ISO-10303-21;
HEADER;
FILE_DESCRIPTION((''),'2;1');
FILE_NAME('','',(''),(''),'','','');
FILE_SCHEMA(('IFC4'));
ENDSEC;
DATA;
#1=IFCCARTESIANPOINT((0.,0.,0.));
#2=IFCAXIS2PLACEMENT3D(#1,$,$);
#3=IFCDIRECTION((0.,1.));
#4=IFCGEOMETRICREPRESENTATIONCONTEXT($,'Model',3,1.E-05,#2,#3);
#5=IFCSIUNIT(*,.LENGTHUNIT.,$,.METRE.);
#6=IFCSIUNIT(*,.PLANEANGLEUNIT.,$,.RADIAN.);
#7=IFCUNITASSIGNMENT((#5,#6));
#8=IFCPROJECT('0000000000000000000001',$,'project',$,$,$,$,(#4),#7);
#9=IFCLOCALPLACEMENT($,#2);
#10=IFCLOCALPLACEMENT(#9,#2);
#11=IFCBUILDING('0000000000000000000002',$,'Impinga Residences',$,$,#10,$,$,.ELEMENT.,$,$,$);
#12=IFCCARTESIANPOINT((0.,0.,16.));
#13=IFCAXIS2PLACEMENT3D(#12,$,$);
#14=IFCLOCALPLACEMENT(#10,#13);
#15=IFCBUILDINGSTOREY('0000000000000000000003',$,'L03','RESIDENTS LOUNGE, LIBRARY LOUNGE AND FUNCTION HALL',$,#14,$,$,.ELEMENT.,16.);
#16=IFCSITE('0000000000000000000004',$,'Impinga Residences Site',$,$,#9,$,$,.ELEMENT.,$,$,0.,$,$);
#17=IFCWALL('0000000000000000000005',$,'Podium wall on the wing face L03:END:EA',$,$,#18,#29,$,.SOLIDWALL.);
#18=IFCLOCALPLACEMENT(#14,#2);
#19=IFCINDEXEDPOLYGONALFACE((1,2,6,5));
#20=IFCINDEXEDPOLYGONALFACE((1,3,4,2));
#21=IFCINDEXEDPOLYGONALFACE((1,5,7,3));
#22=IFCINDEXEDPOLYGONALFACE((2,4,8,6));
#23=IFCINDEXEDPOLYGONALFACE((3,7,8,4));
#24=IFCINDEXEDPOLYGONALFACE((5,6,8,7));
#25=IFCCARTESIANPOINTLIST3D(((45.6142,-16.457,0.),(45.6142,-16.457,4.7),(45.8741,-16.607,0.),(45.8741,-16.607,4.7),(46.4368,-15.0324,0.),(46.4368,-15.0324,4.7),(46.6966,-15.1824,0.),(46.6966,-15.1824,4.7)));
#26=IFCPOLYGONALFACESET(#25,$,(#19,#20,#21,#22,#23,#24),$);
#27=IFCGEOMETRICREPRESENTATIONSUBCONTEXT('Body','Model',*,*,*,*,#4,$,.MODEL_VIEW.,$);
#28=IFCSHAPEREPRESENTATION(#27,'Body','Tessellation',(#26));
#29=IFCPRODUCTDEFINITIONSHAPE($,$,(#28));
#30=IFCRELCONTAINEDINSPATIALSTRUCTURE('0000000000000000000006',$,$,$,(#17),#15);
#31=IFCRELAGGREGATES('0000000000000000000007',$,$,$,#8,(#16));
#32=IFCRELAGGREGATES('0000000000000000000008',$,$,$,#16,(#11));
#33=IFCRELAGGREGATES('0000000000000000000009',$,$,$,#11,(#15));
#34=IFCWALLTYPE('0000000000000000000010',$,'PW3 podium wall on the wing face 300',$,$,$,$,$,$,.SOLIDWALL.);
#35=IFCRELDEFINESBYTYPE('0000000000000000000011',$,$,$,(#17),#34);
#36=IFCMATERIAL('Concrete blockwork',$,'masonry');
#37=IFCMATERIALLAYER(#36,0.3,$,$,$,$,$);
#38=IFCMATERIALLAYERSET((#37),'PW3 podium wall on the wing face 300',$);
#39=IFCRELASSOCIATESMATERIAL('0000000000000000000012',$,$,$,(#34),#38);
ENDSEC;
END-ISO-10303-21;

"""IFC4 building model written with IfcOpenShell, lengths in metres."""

from ifc_helpers import new_model, si_unit, direction, frame, frame_2d, origin, place, context, subcontext, project, spatial, rectangle, extrude, material, layer, layer_set, type_object, element, save


model = new_model("IFC4")

# Units and contexts
model_context = context("Model", 3, precision=1e-05, world=origin(), true_north=direction((0.0, 1.0)))
body_context = subcontext(model_context, "Body", "Model", "MODEL_VIEW")
ifc_project = project(units=[si_unit("LENGTHUNIT", "METRE"), si_unit("PLANEANGLEUNIT", "RADIAN")], contexts=[model_context])

# Site, building, storey
site_placement = place(None, origin())
site = spatial("IfcSite", under=ifc_project, at=site_placement, Name="Impinga Residences Site", CompositionType="ELEMENT", RefElevation=0.0)
building_placement = place(site_placement, origin())
building = spatial("IfcBuilding", under=site, at=building_placement, Name="Impinga Residences", CompositionType="ELEMENT")
storey_placement = place(building_placement, frame((0.0, 0.0, 16.0)))
storey = spatial("IfcBuildingStorey", under=building, at=storey_placement, Name="L03", Description="RESIDENTS LOUNGE, LIBRARY LOUNGE AND FUNCTION HALL", CompositionType="ELEMENT", Elevation=16.0)

# Wall
ifc_material_1 = material(Name="Concrete blockwork", Category="masonry")
ifc_layer_1 = layer(ifc_material_1, 0.3)
ifc_layer_set_1 = layer_set([ifc_layer_1], Name="PW3 podium wall on the wing face 300")
wall_type_1 = type_object("IfcWallType", Name="PW3 podium wall on the wing face 300", PredefinedType="SOLIDWALL", material=ifc_layer_set_1)
wall_1_placement = place(storey_placement, frame((45.7441, -16.532, 0.0), z_axis=(0.0, 0.0, 1.0), x_axis=(0.500018, 0.866015, 0.0)))
element("IfcWall", 1, at=wall_1_placement, inside=storey, type_object=wall_type_1, Name="Podium wall on the wing face L03:END:EA", PredefinedType="SOLIDWALL", context=body_context, shape_type="SweptSolid", body=[
    extrude(rectangle(XDim=1.645, YDim=0.3, at=frame_2d((0.8225, 0.0))), origin(), (0.0, 0.0, 1.0), 4.7),
])

save(model, "model.ifc")
